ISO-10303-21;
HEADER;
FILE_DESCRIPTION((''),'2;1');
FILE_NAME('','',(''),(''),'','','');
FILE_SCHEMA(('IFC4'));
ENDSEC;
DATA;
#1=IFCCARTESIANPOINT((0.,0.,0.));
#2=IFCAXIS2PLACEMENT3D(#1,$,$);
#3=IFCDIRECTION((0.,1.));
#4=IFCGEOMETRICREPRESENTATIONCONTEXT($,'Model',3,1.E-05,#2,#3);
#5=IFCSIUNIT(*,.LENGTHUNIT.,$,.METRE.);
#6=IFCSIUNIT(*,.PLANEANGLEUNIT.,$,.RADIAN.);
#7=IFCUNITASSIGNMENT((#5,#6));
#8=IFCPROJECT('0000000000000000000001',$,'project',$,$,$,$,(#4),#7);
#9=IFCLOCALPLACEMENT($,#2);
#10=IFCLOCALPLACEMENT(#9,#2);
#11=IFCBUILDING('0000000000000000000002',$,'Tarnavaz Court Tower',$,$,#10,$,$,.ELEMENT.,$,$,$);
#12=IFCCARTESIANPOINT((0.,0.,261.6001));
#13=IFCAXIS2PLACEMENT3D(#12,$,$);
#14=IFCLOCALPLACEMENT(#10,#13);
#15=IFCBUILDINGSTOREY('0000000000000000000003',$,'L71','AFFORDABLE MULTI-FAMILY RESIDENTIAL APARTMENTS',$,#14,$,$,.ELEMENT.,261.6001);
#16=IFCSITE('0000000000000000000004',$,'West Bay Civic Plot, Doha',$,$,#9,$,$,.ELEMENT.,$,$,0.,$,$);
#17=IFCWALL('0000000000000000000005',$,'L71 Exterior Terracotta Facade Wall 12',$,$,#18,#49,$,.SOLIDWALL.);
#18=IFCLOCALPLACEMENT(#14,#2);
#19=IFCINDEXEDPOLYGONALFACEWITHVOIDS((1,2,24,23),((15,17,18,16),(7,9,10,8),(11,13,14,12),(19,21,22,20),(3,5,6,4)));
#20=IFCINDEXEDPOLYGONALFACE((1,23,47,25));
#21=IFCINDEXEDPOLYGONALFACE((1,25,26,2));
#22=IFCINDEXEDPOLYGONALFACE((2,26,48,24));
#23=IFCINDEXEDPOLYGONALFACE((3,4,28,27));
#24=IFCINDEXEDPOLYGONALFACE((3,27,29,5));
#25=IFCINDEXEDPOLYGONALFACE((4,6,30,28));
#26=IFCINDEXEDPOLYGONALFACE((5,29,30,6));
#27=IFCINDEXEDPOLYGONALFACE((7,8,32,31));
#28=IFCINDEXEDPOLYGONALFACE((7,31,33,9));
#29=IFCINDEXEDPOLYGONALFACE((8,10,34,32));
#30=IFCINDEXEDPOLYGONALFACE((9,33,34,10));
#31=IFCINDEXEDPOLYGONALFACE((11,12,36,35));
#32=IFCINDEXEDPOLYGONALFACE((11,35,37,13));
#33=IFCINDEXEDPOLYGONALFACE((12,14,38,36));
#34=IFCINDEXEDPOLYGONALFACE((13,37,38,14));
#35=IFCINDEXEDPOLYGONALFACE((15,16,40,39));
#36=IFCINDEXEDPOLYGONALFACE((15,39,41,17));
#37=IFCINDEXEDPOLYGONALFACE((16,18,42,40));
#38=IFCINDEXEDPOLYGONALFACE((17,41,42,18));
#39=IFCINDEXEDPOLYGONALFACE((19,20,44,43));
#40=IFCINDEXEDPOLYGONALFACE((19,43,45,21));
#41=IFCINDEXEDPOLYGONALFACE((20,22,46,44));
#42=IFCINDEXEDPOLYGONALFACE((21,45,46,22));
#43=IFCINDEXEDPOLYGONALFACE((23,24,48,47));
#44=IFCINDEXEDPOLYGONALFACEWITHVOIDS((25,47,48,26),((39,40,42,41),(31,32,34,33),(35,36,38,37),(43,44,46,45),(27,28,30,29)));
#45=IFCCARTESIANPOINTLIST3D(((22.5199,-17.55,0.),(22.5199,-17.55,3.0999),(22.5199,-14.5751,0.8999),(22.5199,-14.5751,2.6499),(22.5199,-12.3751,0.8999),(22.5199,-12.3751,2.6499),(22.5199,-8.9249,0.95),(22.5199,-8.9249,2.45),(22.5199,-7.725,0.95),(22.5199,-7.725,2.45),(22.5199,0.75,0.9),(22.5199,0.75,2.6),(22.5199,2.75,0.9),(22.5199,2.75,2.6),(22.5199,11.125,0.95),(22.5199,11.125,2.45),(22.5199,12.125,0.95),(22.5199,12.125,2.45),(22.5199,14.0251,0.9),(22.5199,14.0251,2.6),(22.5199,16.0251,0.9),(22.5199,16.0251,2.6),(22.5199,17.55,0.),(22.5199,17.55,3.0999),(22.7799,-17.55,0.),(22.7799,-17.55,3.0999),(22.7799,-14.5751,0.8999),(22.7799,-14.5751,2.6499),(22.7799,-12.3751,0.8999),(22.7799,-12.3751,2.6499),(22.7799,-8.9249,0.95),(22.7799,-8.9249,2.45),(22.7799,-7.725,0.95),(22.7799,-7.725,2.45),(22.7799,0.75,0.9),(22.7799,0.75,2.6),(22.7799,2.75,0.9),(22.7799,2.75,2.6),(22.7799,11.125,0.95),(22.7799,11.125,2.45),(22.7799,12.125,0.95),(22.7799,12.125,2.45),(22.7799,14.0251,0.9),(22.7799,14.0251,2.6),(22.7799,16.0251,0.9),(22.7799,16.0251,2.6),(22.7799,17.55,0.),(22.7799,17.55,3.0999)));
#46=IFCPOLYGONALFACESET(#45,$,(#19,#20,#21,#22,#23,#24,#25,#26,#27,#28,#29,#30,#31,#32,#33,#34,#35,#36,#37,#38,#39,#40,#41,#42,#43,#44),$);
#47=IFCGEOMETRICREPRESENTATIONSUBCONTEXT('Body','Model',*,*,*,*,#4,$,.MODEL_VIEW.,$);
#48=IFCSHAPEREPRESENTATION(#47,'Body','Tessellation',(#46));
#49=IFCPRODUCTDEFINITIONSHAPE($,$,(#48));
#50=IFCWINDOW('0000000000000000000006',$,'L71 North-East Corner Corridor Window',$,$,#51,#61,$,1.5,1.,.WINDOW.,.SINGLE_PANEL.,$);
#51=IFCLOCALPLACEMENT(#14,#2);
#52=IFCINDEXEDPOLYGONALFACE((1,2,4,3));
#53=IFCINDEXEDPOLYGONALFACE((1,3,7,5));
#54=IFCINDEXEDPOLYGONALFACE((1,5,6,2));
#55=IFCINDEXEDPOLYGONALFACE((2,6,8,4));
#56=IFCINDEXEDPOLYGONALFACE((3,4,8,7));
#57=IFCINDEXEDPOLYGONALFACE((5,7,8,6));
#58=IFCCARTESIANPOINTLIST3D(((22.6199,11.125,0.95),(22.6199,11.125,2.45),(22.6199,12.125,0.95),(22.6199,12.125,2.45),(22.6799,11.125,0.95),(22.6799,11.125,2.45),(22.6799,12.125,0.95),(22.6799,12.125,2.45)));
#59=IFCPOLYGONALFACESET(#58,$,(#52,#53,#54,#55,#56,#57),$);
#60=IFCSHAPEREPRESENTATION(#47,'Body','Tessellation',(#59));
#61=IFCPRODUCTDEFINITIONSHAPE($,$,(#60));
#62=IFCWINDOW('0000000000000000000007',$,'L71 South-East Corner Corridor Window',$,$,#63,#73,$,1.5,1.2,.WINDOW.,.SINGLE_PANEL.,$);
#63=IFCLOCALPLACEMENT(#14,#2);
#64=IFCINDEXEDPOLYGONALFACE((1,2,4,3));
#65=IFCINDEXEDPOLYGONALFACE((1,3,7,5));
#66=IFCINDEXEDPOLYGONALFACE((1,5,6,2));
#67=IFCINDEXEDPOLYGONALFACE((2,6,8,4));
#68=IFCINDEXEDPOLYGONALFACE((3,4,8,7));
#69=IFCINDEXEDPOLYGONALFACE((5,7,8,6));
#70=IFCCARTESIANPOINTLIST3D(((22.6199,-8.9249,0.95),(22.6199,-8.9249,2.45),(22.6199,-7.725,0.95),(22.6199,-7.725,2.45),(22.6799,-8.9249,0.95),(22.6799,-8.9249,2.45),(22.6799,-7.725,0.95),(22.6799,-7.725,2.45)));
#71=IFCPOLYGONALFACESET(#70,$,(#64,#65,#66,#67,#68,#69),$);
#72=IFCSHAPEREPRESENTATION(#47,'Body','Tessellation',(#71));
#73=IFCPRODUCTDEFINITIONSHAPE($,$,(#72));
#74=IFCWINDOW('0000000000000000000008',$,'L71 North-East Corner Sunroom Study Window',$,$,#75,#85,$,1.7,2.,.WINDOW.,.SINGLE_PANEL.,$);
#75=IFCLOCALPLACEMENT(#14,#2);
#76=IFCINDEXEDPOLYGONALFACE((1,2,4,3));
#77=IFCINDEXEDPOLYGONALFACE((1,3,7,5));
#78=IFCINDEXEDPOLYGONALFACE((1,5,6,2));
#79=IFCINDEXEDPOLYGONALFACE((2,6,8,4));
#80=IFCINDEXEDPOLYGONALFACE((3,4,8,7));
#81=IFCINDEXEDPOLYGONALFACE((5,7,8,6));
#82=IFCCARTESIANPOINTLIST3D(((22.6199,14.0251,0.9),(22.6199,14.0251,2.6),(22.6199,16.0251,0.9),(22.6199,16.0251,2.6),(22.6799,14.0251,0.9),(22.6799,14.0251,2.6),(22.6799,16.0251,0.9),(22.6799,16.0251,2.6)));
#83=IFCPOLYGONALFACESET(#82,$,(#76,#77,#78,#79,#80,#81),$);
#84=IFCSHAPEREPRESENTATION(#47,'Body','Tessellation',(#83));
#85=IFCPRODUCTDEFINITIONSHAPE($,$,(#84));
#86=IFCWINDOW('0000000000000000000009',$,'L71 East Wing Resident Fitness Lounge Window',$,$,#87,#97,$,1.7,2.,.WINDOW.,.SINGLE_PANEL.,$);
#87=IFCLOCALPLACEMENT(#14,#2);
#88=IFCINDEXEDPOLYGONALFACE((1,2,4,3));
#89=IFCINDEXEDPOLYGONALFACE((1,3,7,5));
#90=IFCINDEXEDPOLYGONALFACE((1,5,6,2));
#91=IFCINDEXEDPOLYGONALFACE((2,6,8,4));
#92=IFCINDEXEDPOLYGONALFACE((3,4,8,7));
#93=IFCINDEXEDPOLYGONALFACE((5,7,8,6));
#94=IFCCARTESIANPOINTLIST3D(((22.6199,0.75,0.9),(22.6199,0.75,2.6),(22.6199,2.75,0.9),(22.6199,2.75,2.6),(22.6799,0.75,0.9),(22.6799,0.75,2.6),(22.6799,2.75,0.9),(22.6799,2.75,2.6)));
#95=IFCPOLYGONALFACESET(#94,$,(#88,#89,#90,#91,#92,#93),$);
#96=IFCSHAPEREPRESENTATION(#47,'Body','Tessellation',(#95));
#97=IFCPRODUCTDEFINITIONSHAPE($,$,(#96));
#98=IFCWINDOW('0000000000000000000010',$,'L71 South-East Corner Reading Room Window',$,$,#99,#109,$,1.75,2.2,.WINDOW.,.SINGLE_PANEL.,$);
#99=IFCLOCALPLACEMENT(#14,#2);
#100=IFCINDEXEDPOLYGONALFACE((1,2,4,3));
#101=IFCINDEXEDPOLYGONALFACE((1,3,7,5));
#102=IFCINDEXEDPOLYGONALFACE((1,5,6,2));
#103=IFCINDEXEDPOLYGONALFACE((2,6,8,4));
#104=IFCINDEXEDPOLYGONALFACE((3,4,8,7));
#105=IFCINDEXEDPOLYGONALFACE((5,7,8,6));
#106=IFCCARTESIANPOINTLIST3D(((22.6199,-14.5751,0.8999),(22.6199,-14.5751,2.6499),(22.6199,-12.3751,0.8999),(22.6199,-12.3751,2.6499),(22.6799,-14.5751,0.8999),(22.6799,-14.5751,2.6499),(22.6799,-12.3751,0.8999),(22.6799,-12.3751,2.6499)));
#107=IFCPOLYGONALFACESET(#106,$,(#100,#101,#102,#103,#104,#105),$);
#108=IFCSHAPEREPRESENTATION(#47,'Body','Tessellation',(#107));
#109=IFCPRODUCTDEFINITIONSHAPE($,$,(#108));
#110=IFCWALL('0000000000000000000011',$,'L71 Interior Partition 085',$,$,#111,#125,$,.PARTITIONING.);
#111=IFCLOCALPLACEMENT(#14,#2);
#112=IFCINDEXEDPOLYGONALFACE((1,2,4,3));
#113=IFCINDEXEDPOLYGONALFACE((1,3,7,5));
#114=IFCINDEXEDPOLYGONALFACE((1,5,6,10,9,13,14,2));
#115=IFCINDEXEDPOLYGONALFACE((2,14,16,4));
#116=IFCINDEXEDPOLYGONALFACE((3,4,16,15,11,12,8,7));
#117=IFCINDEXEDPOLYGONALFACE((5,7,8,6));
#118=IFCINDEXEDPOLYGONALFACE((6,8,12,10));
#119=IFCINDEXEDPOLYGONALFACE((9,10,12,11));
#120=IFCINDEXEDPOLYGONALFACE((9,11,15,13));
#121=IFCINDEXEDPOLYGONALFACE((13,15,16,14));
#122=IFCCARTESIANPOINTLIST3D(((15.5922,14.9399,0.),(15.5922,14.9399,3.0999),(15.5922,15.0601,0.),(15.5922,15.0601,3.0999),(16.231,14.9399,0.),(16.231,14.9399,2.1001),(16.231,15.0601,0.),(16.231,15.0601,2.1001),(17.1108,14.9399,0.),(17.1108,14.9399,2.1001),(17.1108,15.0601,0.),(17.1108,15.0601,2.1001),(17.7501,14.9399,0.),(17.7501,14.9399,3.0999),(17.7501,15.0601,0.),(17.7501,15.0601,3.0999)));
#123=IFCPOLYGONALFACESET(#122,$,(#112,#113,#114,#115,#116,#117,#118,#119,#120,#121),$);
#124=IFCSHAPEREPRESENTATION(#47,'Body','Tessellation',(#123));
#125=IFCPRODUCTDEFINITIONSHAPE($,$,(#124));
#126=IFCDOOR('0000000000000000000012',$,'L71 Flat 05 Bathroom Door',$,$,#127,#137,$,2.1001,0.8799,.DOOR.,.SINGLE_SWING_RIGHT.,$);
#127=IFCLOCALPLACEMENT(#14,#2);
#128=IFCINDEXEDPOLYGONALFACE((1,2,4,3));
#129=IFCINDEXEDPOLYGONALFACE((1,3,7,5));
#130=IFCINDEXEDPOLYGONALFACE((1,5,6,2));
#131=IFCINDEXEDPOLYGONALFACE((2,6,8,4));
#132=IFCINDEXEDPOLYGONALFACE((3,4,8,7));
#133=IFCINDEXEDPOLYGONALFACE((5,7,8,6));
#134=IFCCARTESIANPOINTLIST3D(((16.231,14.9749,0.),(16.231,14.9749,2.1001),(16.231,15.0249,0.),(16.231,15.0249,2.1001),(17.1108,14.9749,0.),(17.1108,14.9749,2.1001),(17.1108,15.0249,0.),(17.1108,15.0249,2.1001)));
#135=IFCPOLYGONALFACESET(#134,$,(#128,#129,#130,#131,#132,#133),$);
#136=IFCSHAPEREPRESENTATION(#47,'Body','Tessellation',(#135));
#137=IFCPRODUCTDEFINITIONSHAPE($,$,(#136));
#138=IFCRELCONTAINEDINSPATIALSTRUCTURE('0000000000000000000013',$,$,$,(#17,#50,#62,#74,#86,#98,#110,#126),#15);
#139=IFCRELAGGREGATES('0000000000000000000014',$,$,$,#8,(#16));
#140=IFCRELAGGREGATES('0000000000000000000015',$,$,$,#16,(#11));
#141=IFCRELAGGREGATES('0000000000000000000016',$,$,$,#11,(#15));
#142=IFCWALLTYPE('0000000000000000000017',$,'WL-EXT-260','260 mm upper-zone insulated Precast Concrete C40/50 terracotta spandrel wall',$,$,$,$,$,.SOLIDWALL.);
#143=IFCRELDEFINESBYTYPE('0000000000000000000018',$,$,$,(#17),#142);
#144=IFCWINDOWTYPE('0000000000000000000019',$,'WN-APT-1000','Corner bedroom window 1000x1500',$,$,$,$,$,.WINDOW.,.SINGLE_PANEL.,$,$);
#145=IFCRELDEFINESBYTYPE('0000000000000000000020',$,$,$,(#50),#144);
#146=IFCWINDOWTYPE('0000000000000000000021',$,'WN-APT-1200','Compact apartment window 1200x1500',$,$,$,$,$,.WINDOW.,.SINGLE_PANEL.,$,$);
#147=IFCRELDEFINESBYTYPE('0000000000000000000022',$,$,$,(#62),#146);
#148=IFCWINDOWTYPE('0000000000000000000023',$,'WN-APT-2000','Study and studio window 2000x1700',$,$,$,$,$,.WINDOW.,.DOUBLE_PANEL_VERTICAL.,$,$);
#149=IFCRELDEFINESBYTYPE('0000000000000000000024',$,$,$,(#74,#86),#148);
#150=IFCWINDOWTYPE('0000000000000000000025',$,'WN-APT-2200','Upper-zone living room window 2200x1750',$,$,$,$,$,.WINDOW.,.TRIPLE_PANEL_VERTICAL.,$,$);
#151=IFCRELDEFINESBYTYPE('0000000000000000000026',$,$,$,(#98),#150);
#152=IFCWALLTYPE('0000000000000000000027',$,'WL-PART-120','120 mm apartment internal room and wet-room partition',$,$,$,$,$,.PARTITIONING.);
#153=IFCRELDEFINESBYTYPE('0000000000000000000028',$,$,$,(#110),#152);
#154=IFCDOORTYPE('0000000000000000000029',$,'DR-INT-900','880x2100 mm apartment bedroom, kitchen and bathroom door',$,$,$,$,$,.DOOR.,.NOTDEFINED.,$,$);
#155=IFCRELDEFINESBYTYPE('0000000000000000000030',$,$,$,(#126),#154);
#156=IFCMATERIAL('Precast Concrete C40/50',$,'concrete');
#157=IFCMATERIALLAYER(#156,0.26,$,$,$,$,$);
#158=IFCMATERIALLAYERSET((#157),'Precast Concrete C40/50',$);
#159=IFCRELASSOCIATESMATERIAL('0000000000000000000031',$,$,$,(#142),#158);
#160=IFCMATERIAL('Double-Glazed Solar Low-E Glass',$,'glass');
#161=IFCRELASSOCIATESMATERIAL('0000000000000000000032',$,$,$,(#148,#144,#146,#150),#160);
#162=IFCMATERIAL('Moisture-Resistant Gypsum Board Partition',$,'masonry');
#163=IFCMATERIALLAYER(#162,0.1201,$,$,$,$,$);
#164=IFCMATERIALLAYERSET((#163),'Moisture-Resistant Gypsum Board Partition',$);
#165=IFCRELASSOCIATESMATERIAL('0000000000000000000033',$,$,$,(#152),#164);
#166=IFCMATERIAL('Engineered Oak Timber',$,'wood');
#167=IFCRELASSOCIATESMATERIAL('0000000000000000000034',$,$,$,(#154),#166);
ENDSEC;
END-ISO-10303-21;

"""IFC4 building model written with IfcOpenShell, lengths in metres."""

from ifc_helpers import new_model, si_unit, direction, frame, frame_2d, origin, place, context, subcontext, project, spatial, rectangle, extrude, material, layer, layer_set, type_object, element, fill, save


model = new_model("IFC4")

# Units and contexts
model_context = context("Model", 3, precision=1e-05, world=origin(), true_north=direction((0.0, 1.0)))
body_context = subcontext(model_context, "Body", "Model", "MODEL_VIEW")
ifc_project = project(units=[si_unit("LENGTHUNIT", "METRE"), si_unit("PLANEANGLEUNIT", "RADIAN")], contexts=[model_context])

# Site, building, storey
site_placement = place(None, origin())
site = spatial("IfcSite", under=ifc_project, at=site_placement, Name="West Bay Civic Plot, Doha", CompositionType="ELEMENT", RefElevation=0.0)
building_placement = place(site_placement, origin())
building = spatial("IfcBuilding", under=site, at=building_placement, Name="Tarnavaz Court Tower", CompositionType="ELEMENT")
storey_placement = place(building_placement, frame((0.0, 0.0, 261.6001)))
storey = spatial("IfcBuildingStorey", under=building, at=storey_placement, Name="L71", Description="AFFORDABLE MULTI-FAMILY RESIDENTIAL APARTMENTS", CompositionType="ELEMENT", Elevation=261.6001)

# Shared definitions
ifc_material_1 = material(Name="Precast Concrete C40/50", Category="concrete")
ifc_layer_1 = layer(ifc_material_1, 0.26)
ifc_layer_set_1 = layer_set([ifc_layer_1], Name="Precast Concrete C40/50")
wall_type_1 = type_object("IfcWallType", Name="WL-EXT-260", Description="260 mm upper-zone insulated Precast Concrete C40/50 terracotta spandrel wall", PredefinedType="SOLIDWALL", material=ifc_layer_set_1)
ifc_material_2 = material(Name="Double-Glazed Solar Low-E Glass", Category="glass")
window_type_1 = type_object("IfcWindowType", Name="WN-APT-2000", Description="Study and studio window 2000x1700", PartitioningType="DOUBLE_PANEL_VERTICAL", PredefinedType="WINDOW", material=ifc_material_2)

# Wall, openings, windows
wall_1_placement = place(storey_placement, frame((22.6499, 17.55, 0.0), z_axis=(0.0, 0.0, 1.0), x_axis=(0.0, -1.0, 0.0)))
wall_1 = element("IfcWall", 1, at=wall_1_placement, inside=storey, type_object=wall_type_1, Name="L71 Exterior Terracotta Facade Wall 12", PredefinedType="SOLIDWALL", context=body_context, shape_type="SweptSolid", body=[
    extrude(rectangle(XDim=35.1001, YDim=0.26, at=frame_2d((17.55, 0.0))), origin(), (0.0, 0.0, 1.0), 3.0999),
])
opening_1_placement = place(wall_1_placement, frame((1.5249, 0.0, 0.8999)))
opening_1 = element("IfcOpeningElement", 2, at=opening_1_placement, cuts=wall_1, PredefinedType="OPENING", context=body_context, shape_type="SweptSolid", body=[
    extrude(rectangle(XDim=2.0, YDim=1.7, at=frame_2d((1.0, 0.8501))), frame((0.0, 0.1399, 0.0), z_axis=(0.0, -1.0, 0.0), x_axis=(1.0, 0.0, 0.0)), (0.0, 0.0, 1.0), 0.28),
])
opening_2_placement = place(wall_1_placement, frame((5.425, 0.0, 0.95)))
opening_2 = element("IfcOpeningElement", 3, at=opening_2_placement, cuts=wall_1, PredefinedType="OPENING", context=body_context, shape_type="SweptSolid", body=[
    extrude(rectangle(XDim=1.0, YDim=1.5, at=frame_2d((0.5, 0.75))), frame((0.0, 0.1399, 0.0), z_axis=(0.0, -1.0, 0.0), x_axis=(1.0, 0.0, 0.0)), (0.0, 0.0, 1.0), 0.28),
])
opening_3_placement = place(wall_1_placement, frame((14.8, 0.0, 0.8999)))
opening_3 = element("IfcOpeningElement", 4, at=opening_3_placement, cuts=wall_1, PredefinedType="OPENING", context=body_context, shape_type="SweptSolid", body=[
    extrude(rectangle(XDim=2.0, YDim=1.7, at=frame_2d((1.0, 0.8501))), frame((0.0, 0.1399, 0.0), z_axis=(0.0, -1.0, 0.0), x_axis=(1.0, 0.0, 0.0)), (0.0, 0.0, 1.0), 0.28),
])
opening_4_placement = place(wall_1_placement, frame((25.2749, 0.0, 0.95)))
opening_4 = element("IfcOpeningElement", 5, at=opening_4_placement, cuts=wall_1, PredefinedType="OPENING", context=body_context, shape_type="SweptSolid", body=[
    extrude(rectangle(XDim=1.2, YDim=1.5, at=frame_2d((0.6001, 0.75))), frame((0.0, 0.1399, 0.0), z_axis=(0.0, -1.0, 0.0), x_axis=(1.0, 0.0, 0.0)), (0.0, 0.0, 1.0), 0.28),
])
opening_5_placement = place(wall_1_placement, frame((29.925, 0.0, 0.8999)))
opening_5 = element("IfcOpeningElement", 6, at=opening_5_placement, cuts=wall_1, PredefinedType="OPENING", context=body_context, shape_type="SweptSolid", body=[
    extrude(rectangle(XDim=2.2, YDim=1.75, at=frame_2d((1.1001, 0.875))), frame((0.0, 0.1399, 0.0), z_axis=(0.0, -1.0, 0.0), x_axis=(1.0, 0.0, 0.0)), (0.0, 0.0, 1.0), 0.28),
])
window_type_2 = type_object("IfcWindowType", Name="WN-APT-1000", Description="Corner bedroom window 1000x1500", PartitioningType="SINGLE_PANEL", PredefinedType="WINDOW", material=ifc_material_2)
window_1_placement = place(opening_2_placement, origin())
window_1 = element("IfcWindow", 7, at=window_1_placement, inside=storey, type_object=window_type_2, Name="L71 North-East Corner Corridor Window", OverallHeight=1.5, OverallWidth=1.0, PartitioningType="SINGLE_PANEL", PredefinedType="WINDOW", context=body_context, shape_type="SweptSolid", body=[
    extrude(rectangle(XDim=1.0, YDim=1.5, at=frame_2d((0.5, 0.75))), frame((0.0, 0.03, 0.0), z_axis=(0.0, -1.0, 0.0), x_axis=(1.0, 0.0, 0.0)), (0.0, 0.0, 1.0), 0.0601),
])
fill(opening_2, window_1)
window_type_3 = type_object("IfcWindowType", Name="WN-APT-1200", Description="Compact apartment window 1200x1500", PartitioningType="SINGLE_PANEL", PredefinedType="WINDOW", material=ifc_material_2)
window_2_placement = place(opening_4_placement, origin())
window_2 = element("IfcWindow", 8, at=window_2_placement, inside=storey, type_object=window_type_3, Name="L71 South-East Corner Corridor Window", OverallHeight=1.5, OverallWidth=1.2, PartitioningType="SINGLE_PANEL", PredefinedType="WINDOW", context=body_context, shape_type="SweptSolid", body=[
    extrude(rectangle(XDim=1.2, YDim=1.5, at=frame_2d((0.6001, 0.75))), frame((0.0, 0.03, 0.0), z_axis=(0.0, -1.0, 0.0), x_axis=(1.0, 0.0, 0.0)), (0.0, 0.0, 1.0), 0.0601),
])
fill(opening_4, window_2)
window_3_placement = place(opening_1_placement, origin())
window_3 = element("IfcWindow", 9, at=window_3_placement, inside=storey, type_object=window_type_1, Name="L71 North-East Corner Sunroom Study Window", OverallHeight=1.7, OverallWidth=2.0, PartitioningType="SINGLE_PANEL", PredefinedType="WINDOW", context=body_context, shape_type="SweptSolid", body=[
    extrude(rectangle(XDim=2.0, YDim=1.7, at=frame_2d((1.0, 0.8501))), frame((0.0, 0.03, 0.0), z_axis=(0.0, -1.0, 0.0), x_axis=(1.0, 0.0, 0.0)), (0.0, 0.0, 1.0), 0.0601),
])
fill(opening_1, window_3)
window_4_placement = place(opening_3_placement, origin())
window_4 = element("IfcWindow", 10, at=window_4_placement, inside=storey, type_object=window_type_1, Name="L71 East Wing Resident Fitness Lounge Window", OverallHeight=1.7, OverallWidth=2.0, PartitioningType="SINGLE_PANEL", PredefinedType="WINDOW", context=body_context, shape_type="SweptSolid", body=[
    extrude(rectangle(XDim=2.0, YDim=1.7, at=frame_2d((1.0, 0.8501))), frame((0.0, 0.03, 0.0), z_axis=(0.0, -1.0, 0.0), x_axis=(1.0, 0.0, 0.0)), (0.0, 0.0, 1.0), 0.0601),
])
fill(opening_3, window_4)
window_type_4 = type_object("IfcWindowType", Name="WN-APT-2200", Description="Upper-zone living room window 2200x1750", PartitioningType="TRIPLE_PANEL_VERTICAL", PredefinedType="WINDOW", material=ifc_material_2)
window_5_placement = place(opening_5_placement, origin())
window_5 = element("IfcWindow", 11, at=window_5_placement, inside=storey, type_object=window_type_4, Name="L71 South-East Corner Reading Room Window", OverallHeight=1.75, OverallWidth=2.2, PartitioningType="SINGLE_PANEL", PredefinedType="WINDOW", context=body_context, shape_type="SweptSolid", body=[
    extrude(rectangle(XDim=2.2, YDim=1.75, at=frame_2d((1.1001, 0.875))), frame((0.0, 0.03, 0.0), z_axis=(0.0, -1.0, 0.0), x_axis=(1.0, 0.0, 0.0)), (0.0, 0.0, 1.0), 0.0601),
])
fill(opening_5, window_5)

# Wall, opening, door
ifc_material_3 = material(Name="Moisture-Resistant Gypsum Board Partition", Category="masonry")
ifc_layer_2 = layer(ifc_material_3, 0.1201)
ifc_layer_set_2 = layer_set([ifc_layer_2], Name="Moisture-Resistant Gypsum Board Partition")
wall_type_2 = type_object("IfcWallType", Name="WL-PART-120", Description="120 mm apartment internal room and wet-room partition", PredefinedType="PARTITIONING", material=ifc_layer_set_2)
wall_2_placement = place(storey_placement, frame((15.592, 15.0, 0.0), z_axis=(0.0, 0.0, 1.0), x_axis=(1.0, 0.0, 0.0)))
wall_2 = element("IfcWall", 12, at=wall_2_placement, inside=storey, type_object=wall_type_2, Name="L71 Interior Partition 085", PredefinedType="PARTITIONING", context=body_context, shape_type="SweptSolid", body=[
    extrude(rectangle(XDim=2.158, YDim=0.1201, at=frame_2d((1.0791, 0.0))), origin(), (0.0, 0.0, 1.0), 3.0999),
])
opening_6_placement = place(wall_2_placement, frame((0.6389, 0.0, 0.0)))
opening_6 = element("IfcOpeningElement", 13, at=opening_6_placement, cuts=wall_2, PredefinedType="OPENING", context=body_context, shape_type="SweptSolid", body=[
    extrude(rectangle(XDim=0.8799, YDim=2.1001, at=frame_2d((0.4399, 1.05))), frame((0.0, 0.0701, 0.0), z_axis=(0.0, -1.0, 0.0), x_axis=(1.0, 0.0, 0.0)), (0.0, 0.0, 1.0), 0.1401),
])
ifc_material_4 = material(Name="Engineered Oak Timber", Category="wood")
door_type = type_object("IfcDoorType", Name="DR-INT-900", Description="880x2100 mm apartment bedroom, kitchen and bathroom door", OperationType="NOTDEFINED", PredefinedType="DOOR", material=ifc_material_4)
door_1_placement = place(opening_6_placement, origin())
door_1 = element("IfcDoor", 14, at=door_1_placement, inside=storey, type_object=door_type, Name="L71 Flat 05 Bathroom Door", OperationType="SINGLE_SWING_RIGHT", OverallHeight=2.1001, OverallWidth=0.8799, PredefinedType="DOOR", context=body_context, shape_type="SweptSolid", body=[
    extrude(rectangle(XDim=0.8799, YDim=2.1001, at=frame_2d((0.4399, 1.05))), frame((0.0, 0.0249, 0.0), z_axis=(0.0, -1.0, 0.0), x_axis=(1.0, 0.0, 0.0)), (0.0, 0.0, 1.0), 0.05),
])
fill(opening_6, door_1)

save(model, "model.ifc")
